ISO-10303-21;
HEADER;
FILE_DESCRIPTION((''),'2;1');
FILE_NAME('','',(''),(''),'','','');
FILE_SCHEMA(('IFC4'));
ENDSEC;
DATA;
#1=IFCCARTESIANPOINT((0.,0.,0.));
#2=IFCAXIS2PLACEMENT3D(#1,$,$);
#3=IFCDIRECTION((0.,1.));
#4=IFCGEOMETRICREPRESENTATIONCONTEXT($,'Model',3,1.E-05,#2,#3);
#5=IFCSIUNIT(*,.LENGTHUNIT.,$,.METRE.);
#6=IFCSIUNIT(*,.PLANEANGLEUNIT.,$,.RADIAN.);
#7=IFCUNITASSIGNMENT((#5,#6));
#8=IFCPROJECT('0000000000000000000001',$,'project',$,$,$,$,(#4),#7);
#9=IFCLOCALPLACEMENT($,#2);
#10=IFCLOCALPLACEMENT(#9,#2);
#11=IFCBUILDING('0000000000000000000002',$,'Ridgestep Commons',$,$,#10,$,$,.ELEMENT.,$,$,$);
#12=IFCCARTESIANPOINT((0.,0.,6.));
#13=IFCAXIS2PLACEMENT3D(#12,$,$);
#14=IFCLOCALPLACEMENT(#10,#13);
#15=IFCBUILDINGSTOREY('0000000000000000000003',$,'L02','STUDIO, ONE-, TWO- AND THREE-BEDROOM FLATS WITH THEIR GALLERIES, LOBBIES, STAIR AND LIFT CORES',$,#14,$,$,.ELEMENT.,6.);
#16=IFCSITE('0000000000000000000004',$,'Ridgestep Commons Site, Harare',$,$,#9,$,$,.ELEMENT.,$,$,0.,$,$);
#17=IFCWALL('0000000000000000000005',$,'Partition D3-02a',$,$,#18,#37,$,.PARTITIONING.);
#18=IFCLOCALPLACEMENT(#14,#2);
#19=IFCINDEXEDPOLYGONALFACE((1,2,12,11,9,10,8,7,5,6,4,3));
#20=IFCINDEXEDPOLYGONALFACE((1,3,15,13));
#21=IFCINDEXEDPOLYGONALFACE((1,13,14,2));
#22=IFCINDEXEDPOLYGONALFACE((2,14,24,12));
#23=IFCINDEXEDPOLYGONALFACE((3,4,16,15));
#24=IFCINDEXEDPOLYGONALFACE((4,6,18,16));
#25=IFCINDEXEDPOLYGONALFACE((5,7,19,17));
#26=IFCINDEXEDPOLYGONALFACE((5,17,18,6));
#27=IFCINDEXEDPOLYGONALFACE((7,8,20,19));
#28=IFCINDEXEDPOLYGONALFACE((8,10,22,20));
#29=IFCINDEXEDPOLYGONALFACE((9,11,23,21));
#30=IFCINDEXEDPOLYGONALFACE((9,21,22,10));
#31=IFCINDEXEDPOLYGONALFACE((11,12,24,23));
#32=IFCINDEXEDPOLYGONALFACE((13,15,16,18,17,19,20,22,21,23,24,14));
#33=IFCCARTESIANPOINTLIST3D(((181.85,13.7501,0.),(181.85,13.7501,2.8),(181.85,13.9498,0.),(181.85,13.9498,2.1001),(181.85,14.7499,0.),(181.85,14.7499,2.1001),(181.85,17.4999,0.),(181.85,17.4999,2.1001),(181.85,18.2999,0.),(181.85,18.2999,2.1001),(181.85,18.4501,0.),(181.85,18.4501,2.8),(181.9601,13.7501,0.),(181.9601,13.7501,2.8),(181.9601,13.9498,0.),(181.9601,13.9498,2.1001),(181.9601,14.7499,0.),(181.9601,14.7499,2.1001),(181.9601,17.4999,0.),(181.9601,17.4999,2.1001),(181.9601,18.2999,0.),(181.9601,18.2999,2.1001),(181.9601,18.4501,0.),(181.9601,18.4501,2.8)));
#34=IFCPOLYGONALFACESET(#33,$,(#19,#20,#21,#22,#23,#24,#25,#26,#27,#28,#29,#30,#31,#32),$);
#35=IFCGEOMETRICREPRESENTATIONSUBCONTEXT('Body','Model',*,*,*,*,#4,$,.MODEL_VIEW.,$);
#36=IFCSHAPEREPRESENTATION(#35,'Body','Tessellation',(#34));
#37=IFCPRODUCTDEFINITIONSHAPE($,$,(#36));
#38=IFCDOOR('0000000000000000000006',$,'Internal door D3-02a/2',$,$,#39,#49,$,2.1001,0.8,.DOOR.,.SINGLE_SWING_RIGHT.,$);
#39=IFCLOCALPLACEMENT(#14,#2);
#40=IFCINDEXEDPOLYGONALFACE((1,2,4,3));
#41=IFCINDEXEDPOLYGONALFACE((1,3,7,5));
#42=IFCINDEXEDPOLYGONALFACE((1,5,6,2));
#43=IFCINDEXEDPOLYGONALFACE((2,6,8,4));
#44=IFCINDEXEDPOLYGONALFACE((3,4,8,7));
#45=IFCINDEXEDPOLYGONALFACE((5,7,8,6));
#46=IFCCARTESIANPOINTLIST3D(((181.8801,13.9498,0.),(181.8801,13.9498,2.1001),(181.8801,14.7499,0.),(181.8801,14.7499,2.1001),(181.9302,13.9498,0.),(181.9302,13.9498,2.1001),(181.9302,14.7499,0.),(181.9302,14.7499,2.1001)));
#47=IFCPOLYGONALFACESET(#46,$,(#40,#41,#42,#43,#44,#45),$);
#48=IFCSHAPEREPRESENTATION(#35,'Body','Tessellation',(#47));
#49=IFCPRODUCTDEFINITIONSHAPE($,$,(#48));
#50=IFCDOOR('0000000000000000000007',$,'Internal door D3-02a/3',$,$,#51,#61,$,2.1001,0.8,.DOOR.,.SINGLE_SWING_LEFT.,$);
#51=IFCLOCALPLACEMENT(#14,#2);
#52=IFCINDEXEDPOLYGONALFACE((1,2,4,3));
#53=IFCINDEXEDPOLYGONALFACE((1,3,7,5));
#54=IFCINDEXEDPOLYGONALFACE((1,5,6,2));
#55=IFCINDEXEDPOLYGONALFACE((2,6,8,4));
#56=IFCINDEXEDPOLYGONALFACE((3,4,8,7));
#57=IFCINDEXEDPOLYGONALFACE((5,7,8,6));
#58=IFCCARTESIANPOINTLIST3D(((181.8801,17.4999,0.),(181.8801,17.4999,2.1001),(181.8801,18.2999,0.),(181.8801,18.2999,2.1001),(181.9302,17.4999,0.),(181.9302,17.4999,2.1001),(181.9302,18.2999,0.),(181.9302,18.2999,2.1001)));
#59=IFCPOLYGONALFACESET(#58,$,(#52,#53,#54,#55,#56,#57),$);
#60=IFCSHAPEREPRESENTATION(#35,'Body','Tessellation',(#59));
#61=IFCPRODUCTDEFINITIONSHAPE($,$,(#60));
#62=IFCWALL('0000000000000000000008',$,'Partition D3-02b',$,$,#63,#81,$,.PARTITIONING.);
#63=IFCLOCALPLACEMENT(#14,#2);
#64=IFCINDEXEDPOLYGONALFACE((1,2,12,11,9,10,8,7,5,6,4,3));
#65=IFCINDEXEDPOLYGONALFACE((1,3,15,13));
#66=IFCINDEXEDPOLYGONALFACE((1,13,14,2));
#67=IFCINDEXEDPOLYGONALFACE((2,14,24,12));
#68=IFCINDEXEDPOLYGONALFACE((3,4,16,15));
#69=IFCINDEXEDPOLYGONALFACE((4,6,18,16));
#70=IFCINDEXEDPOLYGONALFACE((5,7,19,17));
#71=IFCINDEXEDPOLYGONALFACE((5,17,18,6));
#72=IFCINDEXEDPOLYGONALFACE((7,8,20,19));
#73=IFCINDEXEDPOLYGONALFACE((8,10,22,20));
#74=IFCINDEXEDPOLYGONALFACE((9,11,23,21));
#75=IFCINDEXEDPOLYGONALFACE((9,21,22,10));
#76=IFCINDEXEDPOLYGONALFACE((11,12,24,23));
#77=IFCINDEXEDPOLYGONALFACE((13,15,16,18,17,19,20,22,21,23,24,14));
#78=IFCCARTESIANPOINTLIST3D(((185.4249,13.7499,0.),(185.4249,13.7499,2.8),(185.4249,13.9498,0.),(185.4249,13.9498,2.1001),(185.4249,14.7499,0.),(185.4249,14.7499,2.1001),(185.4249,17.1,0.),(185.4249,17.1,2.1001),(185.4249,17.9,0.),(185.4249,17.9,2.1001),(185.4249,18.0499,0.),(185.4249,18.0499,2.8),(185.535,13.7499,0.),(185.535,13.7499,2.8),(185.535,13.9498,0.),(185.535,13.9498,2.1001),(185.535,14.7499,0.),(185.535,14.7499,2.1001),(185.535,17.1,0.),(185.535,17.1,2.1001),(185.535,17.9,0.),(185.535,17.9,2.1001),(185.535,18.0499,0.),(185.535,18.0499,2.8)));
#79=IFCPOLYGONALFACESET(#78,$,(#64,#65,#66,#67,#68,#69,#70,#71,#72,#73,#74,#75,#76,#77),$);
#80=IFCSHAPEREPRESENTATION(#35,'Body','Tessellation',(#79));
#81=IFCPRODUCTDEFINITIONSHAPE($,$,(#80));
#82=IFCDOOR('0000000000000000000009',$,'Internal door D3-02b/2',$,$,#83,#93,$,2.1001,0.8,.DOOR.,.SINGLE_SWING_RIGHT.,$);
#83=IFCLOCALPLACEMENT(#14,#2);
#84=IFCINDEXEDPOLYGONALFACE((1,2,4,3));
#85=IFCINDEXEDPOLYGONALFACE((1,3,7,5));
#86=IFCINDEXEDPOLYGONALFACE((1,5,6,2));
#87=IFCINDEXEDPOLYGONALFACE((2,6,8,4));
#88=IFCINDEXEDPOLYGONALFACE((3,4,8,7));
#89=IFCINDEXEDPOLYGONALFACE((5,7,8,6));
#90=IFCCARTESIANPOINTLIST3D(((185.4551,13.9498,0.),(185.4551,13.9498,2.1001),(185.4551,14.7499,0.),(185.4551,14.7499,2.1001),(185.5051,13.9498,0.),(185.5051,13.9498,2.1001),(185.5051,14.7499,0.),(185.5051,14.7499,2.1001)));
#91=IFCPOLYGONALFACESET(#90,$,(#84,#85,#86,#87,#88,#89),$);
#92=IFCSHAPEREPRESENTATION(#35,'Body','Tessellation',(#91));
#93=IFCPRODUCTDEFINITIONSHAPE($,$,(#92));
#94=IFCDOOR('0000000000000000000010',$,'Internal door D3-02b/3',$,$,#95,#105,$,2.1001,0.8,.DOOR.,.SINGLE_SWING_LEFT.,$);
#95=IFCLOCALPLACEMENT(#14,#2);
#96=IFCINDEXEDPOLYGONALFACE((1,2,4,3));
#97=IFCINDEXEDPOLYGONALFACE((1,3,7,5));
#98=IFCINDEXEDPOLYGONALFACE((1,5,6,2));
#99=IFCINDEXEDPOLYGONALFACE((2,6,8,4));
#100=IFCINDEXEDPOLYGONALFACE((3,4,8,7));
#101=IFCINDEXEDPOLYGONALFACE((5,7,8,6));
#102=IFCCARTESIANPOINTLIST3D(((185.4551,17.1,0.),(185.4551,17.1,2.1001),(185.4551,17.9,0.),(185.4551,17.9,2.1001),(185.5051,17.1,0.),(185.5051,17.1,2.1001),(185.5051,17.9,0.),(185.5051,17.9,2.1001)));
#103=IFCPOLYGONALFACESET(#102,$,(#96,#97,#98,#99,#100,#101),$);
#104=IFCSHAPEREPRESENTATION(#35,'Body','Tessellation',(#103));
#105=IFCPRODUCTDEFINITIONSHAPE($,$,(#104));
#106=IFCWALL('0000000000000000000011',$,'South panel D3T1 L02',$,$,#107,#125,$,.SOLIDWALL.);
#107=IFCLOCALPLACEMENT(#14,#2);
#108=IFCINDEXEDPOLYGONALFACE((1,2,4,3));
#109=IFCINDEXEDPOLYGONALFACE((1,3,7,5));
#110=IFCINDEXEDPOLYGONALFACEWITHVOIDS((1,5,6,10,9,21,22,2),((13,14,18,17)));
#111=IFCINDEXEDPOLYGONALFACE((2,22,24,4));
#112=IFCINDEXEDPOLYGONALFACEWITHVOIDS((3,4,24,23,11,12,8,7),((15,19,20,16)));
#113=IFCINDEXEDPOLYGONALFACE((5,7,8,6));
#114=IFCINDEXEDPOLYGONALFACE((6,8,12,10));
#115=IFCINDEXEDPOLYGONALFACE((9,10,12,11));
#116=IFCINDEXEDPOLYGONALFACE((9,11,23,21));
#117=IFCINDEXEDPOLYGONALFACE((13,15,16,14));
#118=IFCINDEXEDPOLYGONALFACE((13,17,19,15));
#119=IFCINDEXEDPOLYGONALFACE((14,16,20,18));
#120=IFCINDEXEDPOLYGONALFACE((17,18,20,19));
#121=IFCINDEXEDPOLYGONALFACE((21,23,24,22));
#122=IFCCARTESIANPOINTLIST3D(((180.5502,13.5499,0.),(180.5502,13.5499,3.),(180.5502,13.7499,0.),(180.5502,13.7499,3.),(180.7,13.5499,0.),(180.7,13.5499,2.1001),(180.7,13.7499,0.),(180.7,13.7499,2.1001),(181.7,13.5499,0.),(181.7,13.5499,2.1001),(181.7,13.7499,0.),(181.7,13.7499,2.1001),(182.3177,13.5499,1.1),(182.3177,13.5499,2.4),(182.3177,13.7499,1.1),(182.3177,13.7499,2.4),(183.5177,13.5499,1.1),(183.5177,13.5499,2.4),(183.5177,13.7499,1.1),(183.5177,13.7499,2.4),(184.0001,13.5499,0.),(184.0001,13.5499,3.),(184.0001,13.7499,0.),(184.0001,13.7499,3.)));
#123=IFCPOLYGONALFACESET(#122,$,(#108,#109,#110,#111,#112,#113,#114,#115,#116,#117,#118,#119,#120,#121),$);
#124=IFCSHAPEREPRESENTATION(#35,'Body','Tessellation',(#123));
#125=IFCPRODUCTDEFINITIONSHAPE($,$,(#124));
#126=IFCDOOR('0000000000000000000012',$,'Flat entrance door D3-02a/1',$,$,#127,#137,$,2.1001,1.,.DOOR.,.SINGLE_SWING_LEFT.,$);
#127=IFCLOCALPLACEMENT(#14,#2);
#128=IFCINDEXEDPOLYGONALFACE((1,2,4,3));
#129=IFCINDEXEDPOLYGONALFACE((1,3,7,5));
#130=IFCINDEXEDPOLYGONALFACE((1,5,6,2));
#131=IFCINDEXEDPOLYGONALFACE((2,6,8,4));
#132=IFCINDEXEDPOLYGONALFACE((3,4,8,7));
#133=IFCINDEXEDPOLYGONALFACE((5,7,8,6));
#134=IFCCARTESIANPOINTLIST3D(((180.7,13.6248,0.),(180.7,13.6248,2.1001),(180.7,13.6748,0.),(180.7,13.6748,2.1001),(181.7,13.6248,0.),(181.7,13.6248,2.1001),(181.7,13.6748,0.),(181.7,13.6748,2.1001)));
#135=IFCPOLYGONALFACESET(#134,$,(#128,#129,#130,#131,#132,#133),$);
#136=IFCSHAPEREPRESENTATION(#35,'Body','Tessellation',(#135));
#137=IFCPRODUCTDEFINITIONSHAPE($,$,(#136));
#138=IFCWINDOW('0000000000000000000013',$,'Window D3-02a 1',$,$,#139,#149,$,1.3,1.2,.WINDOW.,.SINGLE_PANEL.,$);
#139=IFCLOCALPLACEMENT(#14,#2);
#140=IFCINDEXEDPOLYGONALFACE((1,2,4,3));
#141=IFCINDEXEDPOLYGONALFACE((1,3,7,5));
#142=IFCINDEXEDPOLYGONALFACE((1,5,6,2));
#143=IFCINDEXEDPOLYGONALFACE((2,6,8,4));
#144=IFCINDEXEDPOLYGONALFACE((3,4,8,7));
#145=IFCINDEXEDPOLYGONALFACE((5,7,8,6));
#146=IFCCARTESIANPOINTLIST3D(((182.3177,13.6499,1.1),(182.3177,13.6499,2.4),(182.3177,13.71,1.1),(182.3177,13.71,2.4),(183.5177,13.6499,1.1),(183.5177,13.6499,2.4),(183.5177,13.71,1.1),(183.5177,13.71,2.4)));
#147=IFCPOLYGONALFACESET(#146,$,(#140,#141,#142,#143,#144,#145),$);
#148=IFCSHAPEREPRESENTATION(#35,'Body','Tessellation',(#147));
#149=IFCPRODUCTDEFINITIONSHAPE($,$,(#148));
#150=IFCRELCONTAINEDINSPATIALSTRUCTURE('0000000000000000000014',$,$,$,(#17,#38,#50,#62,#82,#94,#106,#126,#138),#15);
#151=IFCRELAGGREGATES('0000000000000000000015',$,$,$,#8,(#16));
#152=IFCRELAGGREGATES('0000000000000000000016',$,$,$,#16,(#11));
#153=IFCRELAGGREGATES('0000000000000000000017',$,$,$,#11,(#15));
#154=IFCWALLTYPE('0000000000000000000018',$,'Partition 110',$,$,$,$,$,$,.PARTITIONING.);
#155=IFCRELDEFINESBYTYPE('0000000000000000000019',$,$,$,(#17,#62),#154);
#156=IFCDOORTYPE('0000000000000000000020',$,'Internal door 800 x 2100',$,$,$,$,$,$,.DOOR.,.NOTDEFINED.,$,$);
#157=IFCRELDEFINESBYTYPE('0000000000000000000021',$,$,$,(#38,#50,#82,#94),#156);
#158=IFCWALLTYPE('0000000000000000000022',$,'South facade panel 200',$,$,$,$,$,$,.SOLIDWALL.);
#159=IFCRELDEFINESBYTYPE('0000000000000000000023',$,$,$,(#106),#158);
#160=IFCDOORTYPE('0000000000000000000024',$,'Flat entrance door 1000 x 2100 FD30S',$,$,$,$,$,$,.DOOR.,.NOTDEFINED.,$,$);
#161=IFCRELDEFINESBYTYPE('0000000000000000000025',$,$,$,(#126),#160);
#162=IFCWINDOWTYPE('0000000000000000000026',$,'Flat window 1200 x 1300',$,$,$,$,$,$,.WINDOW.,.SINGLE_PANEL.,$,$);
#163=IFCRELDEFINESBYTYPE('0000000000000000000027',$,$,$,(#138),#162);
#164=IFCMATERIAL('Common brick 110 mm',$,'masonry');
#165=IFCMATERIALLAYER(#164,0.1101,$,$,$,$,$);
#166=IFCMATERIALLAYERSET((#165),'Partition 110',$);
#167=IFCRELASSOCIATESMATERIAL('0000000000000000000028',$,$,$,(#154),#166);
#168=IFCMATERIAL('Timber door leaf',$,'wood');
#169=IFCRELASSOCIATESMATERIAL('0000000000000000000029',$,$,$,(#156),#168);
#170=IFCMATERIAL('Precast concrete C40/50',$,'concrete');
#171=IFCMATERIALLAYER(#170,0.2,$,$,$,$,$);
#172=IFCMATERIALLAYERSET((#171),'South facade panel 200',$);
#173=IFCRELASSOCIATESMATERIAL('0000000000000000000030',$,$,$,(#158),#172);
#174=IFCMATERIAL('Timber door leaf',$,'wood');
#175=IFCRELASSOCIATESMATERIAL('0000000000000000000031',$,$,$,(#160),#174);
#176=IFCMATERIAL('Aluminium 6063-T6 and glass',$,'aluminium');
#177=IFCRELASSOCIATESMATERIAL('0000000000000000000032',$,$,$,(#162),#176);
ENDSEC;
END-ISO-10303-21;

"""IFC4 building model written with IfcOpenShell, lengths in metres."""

from ifc_helpers import new_model, si_unit, direction, frame, frame_2d, origin, place, context, subcontext, project, spatial, rectangle, extrude, material, layer, layer_set, type_object, element, fill, save


model = new_model("IFC4")

# Units and contexts
model_context = context("Model", 3, precision=1e-05, world=origin(), true_north=direction((0.0, 1.0)))
body_context = subcontext(model_context, "Body", "Model", "MODEL_VIEW")
ifc_project = project(units=[si_unit("LENGTHUNIT", "METRE"), si_unit("PLANEANGLEUNIT", "RADIAN")], contexts=[model_context])

# Site, building, storey
site_placement = place(None, origin())
site = spatial("IfcSite", under=ifc_project, at=site_placement, Name="Ridgestep Commons Site, Harare", CompositionType="ELEMENT", RefElevation=0.0)
building_placement = place(site_placement, origin())
building = spatial("IfcBuilding", under=site, at=building_placement, Name="Ridgestep Commons", CompositionType="ELEMENT")
storey_placement = place(building_placement, frame((0.0, 0.0, 6.0)))
storey = spatial("IfcBuildingStorey", under=building, at=storey_placement, Name="L02", Description="STUDIO, ONE-, TWO- AND THREE-BEDROOM FLATS WITH THEIR GALLERIES, LOBBIES, STAIR AND LIFT CORES", CompositionType="ELEMENT", Elevation=6.0)

# Walls, openings, doors
ifc_material_1 = material(Name="Common brick 110 mm", Category="masonry")
ifc_layer_1 = layer(ifc_material_1, 0.1101)
ifc_layer_set_1 = layer_set([ifc_layer_1], Name="Partition 110")
wall_type_1 = type_object("IfcWallType", Name="Partition 110", PredefinedType="PARTITIONING", material=ifc_layer_set_1)
ifc_material_2 = material(Name="Timber door leaf", Category="wood")
door_type_1 = type_object("IfcDoorType", Name="Internal door 800 x 2100", OperationType="NOTDEFINED", PredefinedType="DOOR", material=ifc_material_2)
wall_1_placement = place(storey_placement, frame((181.905, 13.75, 0.0), z_axis=(0.0, 0.0, 1.0), x_axis=(0.0, 1.0, 0.0)))
wall_1 = element("IfcWall", 1, at=wall_1_placement, inside=storey, type_object=wall_type_1, Name="Partition D3-02a", PredefinedType="PARTITIONING", context=body_context, shape_type="SweptSolid", body=[
    extrude(rectangle(XDim=4.7, YDim=0.1101, at=frame_2d((2.3501, 0.0))), origin(), (0.0, 0.0, 1.0), 2.8),
])
opening_1_placement = place(wall_1_placement, frame((0.2, 0.0, 0.0)))
opening_1 = element("IfcOpeningElement", 2, at=opening_1_placement, cuts=wall_1, PredefinedType="OPENING", context=body_context, shape_type="SweptSolid", body=[
    extrude(rectangle(XDim=0.8, YDim=2.1001, at=frame_2d((0.3999, 1.05))), frame((0.0, 0.0649, 0.0), z_axis=(0.0, -1.0, 0.0), x_axis=(1.0, 0.0, 0.0)), (0.0, 0.0, 1.0), 0.1301),
])
opening_2_placement = place(wall_1_placement, frame((3.75, 0.0, 0.0)))
opening_2 = element("IfcOpeningElement", 3, at=opening_2_placement, cuts=wall_1, PredefinedType="OPENING", context=body_context, shape_type="SweptSolid", body=[
    extrude(rectangle(XDim=0.8, YDim=2.1001, at=frame_2d((0.3999, 1.05))), frame((0.0, 0.0649, 0.0), z_axis=(0.0, -1.0, 0.0), x_axis=(1.0, 0.0, 0.0)), (0.0, 0.0, 1.0), 0.1301),
])
door_1_placement = place(opening_1_placement, origin())
door_1 = element("IfcDoor", 4, at=door_1_placement, inside=storey, type_object=door_type_1, Name="Internal door D3-02a/2", OperationType="SINGLE_SWING_RIGHT", OverallHeight=2.1001, OverallWidth=0.8, PredefinedType="DOOR", context=body_context, shape_type="SweptSolid", body=[
    extrude(rectangle(XDim=0.8, YDim=2.1001, at=frame_2d((0.3999, 1.05))), frame((0.0, 0.0249, 0.0), z_axis=(0.0, -1.0, 0.0), x_axis=(1.0, 0.0, 0.0)), (0.0, 0.0, 1.0), 0.05),
])
fill(opening_1, door_1)
door_2_placement = place(opening_2_placement, origin())
door_2 = element("IfcDoor", 5, at=door_2_placement, inside=storey, type_object=door_type_1, Name="Internal door D3-02a/3", OperationType="SINGLE_SWING_LEFT", OverallHeight=2.1001, OverallWidth=0.8, PredefinedType="DOOR", context=body_context, shape_type="SweptSolid", body=[
    extrude(rectangle(XDim=0.8, YDim=2.1001, at=frame_2d((0.3999, 1.05))), frame((0.0, 0.0249, 0.0), z_axis=(0.0, -1.0, 0.0), x_axis=(1.0, 0.0, 0.0)), (0.0, 0.0, 1.0), 0.05),
])
fill(opening_2, door_2)
wall_2_placement = place(storey_placement, frame((185.48, 13.75, 0.0), z_axis=(0.0, 0.0, 1.0), x_axis=(0.0, 1.0, 0.0)))
wall_2 = element("IfcWall", 6, at=wall_2_placement, inside=storey, type_object=wall_type_1, Name="Partition D3-02b", PredefinedType="PARTITIONING", context=body_context, shape_type="SweptSolid", body=[
    extrude(rectangle(XDim=4.3, YDim=0.1101, at=frame_2d((2.1499, 0.0))), origin(), (0.0, 0.0, 1.0), 2.8),
])
opening_3_placement = place(wall_2_placement, frame((0.2, 0.0, 0.0)))
opening_3 = element("IfcOpeningElement", 7, at=opening_3_placement, cuts=wall_2, PredefinedType="OPENING", context=body_context, shape_type="SweptSolid", body=[
    extrude(rectangle(XDim=0.8, YDim=2.1001, at=frame_2d((0.3999, 1.05))), frame((0.0, 0.0649, 0.0), z_axis=(0.0, -1.0, 0.0), x_axis=(1.0, 0.0, 0.0)), (0.0, 0.0, 1.0), 0.1301),
])
opening_4_placement = place(wall_2_placement, frame((3.3501, 0.0, 0.0)))
opening_4 = element("IfcOpeningElement", 8, at=opening_4_placement, cuts=wall_2, PredefinedType="OPENING", context=body_context, shape_type="SweptSolid", body=[
    extrude(rectangle(XDim=0.8, YDim=2.1001, at=frame_2d((0.3999, 1.05))), frame((0.0, 0.0649, 0.0), z_axis=(0.0, -1.0, 0.0), x_axis=(1.0, 0.0, 0.0)), (0.0, 0.0, 1.0), 0.1301),
])
door_3_placement = place(opening_3_placement, origin())
door_3 = element("IfcDoor", 9, at=door_3_placement, inside=storey, type_object=door_type_1, Name="Internal door D3-02b/2", OperationType="SINGLE_SWING_RIGHT", OverallHeight=2.1001, OverallWidth=0.8, PredefinedType="DOOR", context=body_context, shape_type="SweptSolid", body=[
    extrude(rectangle(XDim=0.8, YDim=2.1001, at=frame_2d((0.3999, 1.05))), frame((0.0, 0.0249, 0.0), z_axis=(0.0, -1.0, 0.0), x_axis=(1.0, 0.0, 0.0)), (0.0, 0.0, 1.0), 0.05),
])
fill(opening_3, door_3)
door_4_placement = place(opening_4_placement, origin())
door_4 = element("IfcDoor", 10, at=door_4_placement, inside=storey, type_object=door_type_1, Name="Internal door D3-02b/3", OperationType="SINGLE_SWING_LEFT", OverallHeight=2.1001, OverallWidth=0.8, PredefinedType="DOOR", context=body_context, shape_type="SweptSolid", body=[
    extrude(rectangle(XDim=0.8, YDim=2.1001, at=frame_2d((0.3999, 1.05))), frame((0.0, 0.0249, 0.0), z_axis=(0.0, -1.0, 0.0), x_axis=(1.0, 0.0, 0.0)), (0.0, 0.0, 1.0), 0.05),
])
fill(opening_4, door_4)

# Wall, openings, door, window
ifc_material_3 = material(Name="Precast concrete C40/50", Category="concrete")
ifc_layer_2 = layer(ifc_material_3, 0.2)
ifc_layer_set_2 = layer_set([ifc_layer_2], Name="South facade panel 200")
wall_type_2 = type_object("IfcWallType", Name="South facade panel 200", PredefinedType="SOLIDWALL", material=ifc_layer_set_2)
wall_3_placement = place(storey_placement, frame((180.55, 13.6499, 0.0), z_axis=(0.0, 0.0, 1.0), x_axis=(1.0, 0.0, 0.0)))
wall_3 = element("IfcWall", 11, at=wall_3_placement, inside=storey, type_object=wall_type_2, Name="South panel D3T1 L02", PredefinedType="SOLIDWALL", context=body_context, shape_type="SweptSolid", body=[
    extrude(rectangle(XDim=3.45, YDim=0.2, at=frame_2d((1.7251, 0.0))), origin(), (0.0, 0.0, 1.0), 3.0),
])
opening_5_placement = place(wall_3_placement, frame((1.7676, 0.0, 1.1001)))
opening_5 = element("IfcOpeningElement", 12, at=opening_5_placement, cuts=wall_3, PredefinedType="OPENING", context=body_context, shape_type="SweptSolid", body=[
    extrude(rectangle(XDim=1.2, YDim=1.3, at=frame_2d((0.6001, 0.6499))), frame((0.0, 0.1099, 0.0), z_axis=(0.0, -1.0, 0.0), x_axis=(1.0, 0.0, 0.0)), (0.0, 0.0, 1.0), 0.22),
])
opening_6_placement = place(wall_3_placement, frame((0.1499, 0.0, 0.0)))
opening_6 = element("IfcOpeningElement", 13, at=opening_6_placement, cuts=wall_3, PredefinedType="OPENING", context=body_context, shape_type="SweptSolid", body=[
    extrude(rectangle(XDim=1.0, YDim=2.1001, at=frame_2d((0.5, 1.05))), frame((0.0, 0.1099, 0.0), z_axis=(0.0, -1.0, 0.0), x_axis=(1.0, 0.0, 0.0)), (0.0, 0.0, 1.0), 0.22),
])
ifc_material_4 = material(Name="Timber door leaf", Category="wood")
door_type_2 = type_object("IfcDoorType", Name="Flat entrance door 1000 x 2100 FD30S", OperationType="NOTDEFINED", PredefinedType="DOOR", material=ifc_material_4)
door_5_placement = place(opening_6_placement, origin())
door_5 = element("IfcDoor", 14, at=door_5_placement, inside=storey, type_object=door_type_2, Name="Flat entrance door D3-02a/1", OperationType="SINGLE_SWING_LEFT", OverallHeight=2.1001, OverallWidth=1.0, PredefinedType="DOOR", context=body_context, shape_type="SweptSolid", body=[
    extrude(rectangle(XDim=1.0, YDim=2.1001, at=frame_2d((0.5, 1.05))), frame((0.0, 0.0249, 0.0), z_axis=(0.0, -1.0, 0.0), x_axis=(1.0, 0.0, 0.0)), (0.0, 0.0, 1.0), 0.05),
])
fill(opening_6, door_5)
ifc_material_5 = material(Name="Aluminium 6063-T6 and glass", Category="aluminium")
window_type = type_object("IfcWindowType", Name="Flat window 1200 x 1300", PartitioningType="SINGLE_PANEL", PredefinedType="WINDOW", material=ifc_material_5)
window_1_placement = place(opening_5_placement, origin())
window_1 = element("IfcWindow", 15, at=window_1_placement, inside=storey, type_object=window_type, Name="Window D3-02a 1", OverallHeight=1.3, OverallWidth=1.2, PartitioningType="SINGLE_PANEL", PredefinedType="WINDOW", context=body_context, shape_type="SweptSolid", body=[
    extrude(rectangle(XDim=1.2, YDim=1.3, at=frame_2d((0.6001, 0.6499))), frame((0.0, 0.0601, 0.0), z_axis=(0.0, -1.0, 0.0), x_axis=(1.0, 0.0, 0.0)), (0.0, 0.0, 1.0), 0.0601),
])
fill(opening_5, window_1)

save(model, "model.ifc")
